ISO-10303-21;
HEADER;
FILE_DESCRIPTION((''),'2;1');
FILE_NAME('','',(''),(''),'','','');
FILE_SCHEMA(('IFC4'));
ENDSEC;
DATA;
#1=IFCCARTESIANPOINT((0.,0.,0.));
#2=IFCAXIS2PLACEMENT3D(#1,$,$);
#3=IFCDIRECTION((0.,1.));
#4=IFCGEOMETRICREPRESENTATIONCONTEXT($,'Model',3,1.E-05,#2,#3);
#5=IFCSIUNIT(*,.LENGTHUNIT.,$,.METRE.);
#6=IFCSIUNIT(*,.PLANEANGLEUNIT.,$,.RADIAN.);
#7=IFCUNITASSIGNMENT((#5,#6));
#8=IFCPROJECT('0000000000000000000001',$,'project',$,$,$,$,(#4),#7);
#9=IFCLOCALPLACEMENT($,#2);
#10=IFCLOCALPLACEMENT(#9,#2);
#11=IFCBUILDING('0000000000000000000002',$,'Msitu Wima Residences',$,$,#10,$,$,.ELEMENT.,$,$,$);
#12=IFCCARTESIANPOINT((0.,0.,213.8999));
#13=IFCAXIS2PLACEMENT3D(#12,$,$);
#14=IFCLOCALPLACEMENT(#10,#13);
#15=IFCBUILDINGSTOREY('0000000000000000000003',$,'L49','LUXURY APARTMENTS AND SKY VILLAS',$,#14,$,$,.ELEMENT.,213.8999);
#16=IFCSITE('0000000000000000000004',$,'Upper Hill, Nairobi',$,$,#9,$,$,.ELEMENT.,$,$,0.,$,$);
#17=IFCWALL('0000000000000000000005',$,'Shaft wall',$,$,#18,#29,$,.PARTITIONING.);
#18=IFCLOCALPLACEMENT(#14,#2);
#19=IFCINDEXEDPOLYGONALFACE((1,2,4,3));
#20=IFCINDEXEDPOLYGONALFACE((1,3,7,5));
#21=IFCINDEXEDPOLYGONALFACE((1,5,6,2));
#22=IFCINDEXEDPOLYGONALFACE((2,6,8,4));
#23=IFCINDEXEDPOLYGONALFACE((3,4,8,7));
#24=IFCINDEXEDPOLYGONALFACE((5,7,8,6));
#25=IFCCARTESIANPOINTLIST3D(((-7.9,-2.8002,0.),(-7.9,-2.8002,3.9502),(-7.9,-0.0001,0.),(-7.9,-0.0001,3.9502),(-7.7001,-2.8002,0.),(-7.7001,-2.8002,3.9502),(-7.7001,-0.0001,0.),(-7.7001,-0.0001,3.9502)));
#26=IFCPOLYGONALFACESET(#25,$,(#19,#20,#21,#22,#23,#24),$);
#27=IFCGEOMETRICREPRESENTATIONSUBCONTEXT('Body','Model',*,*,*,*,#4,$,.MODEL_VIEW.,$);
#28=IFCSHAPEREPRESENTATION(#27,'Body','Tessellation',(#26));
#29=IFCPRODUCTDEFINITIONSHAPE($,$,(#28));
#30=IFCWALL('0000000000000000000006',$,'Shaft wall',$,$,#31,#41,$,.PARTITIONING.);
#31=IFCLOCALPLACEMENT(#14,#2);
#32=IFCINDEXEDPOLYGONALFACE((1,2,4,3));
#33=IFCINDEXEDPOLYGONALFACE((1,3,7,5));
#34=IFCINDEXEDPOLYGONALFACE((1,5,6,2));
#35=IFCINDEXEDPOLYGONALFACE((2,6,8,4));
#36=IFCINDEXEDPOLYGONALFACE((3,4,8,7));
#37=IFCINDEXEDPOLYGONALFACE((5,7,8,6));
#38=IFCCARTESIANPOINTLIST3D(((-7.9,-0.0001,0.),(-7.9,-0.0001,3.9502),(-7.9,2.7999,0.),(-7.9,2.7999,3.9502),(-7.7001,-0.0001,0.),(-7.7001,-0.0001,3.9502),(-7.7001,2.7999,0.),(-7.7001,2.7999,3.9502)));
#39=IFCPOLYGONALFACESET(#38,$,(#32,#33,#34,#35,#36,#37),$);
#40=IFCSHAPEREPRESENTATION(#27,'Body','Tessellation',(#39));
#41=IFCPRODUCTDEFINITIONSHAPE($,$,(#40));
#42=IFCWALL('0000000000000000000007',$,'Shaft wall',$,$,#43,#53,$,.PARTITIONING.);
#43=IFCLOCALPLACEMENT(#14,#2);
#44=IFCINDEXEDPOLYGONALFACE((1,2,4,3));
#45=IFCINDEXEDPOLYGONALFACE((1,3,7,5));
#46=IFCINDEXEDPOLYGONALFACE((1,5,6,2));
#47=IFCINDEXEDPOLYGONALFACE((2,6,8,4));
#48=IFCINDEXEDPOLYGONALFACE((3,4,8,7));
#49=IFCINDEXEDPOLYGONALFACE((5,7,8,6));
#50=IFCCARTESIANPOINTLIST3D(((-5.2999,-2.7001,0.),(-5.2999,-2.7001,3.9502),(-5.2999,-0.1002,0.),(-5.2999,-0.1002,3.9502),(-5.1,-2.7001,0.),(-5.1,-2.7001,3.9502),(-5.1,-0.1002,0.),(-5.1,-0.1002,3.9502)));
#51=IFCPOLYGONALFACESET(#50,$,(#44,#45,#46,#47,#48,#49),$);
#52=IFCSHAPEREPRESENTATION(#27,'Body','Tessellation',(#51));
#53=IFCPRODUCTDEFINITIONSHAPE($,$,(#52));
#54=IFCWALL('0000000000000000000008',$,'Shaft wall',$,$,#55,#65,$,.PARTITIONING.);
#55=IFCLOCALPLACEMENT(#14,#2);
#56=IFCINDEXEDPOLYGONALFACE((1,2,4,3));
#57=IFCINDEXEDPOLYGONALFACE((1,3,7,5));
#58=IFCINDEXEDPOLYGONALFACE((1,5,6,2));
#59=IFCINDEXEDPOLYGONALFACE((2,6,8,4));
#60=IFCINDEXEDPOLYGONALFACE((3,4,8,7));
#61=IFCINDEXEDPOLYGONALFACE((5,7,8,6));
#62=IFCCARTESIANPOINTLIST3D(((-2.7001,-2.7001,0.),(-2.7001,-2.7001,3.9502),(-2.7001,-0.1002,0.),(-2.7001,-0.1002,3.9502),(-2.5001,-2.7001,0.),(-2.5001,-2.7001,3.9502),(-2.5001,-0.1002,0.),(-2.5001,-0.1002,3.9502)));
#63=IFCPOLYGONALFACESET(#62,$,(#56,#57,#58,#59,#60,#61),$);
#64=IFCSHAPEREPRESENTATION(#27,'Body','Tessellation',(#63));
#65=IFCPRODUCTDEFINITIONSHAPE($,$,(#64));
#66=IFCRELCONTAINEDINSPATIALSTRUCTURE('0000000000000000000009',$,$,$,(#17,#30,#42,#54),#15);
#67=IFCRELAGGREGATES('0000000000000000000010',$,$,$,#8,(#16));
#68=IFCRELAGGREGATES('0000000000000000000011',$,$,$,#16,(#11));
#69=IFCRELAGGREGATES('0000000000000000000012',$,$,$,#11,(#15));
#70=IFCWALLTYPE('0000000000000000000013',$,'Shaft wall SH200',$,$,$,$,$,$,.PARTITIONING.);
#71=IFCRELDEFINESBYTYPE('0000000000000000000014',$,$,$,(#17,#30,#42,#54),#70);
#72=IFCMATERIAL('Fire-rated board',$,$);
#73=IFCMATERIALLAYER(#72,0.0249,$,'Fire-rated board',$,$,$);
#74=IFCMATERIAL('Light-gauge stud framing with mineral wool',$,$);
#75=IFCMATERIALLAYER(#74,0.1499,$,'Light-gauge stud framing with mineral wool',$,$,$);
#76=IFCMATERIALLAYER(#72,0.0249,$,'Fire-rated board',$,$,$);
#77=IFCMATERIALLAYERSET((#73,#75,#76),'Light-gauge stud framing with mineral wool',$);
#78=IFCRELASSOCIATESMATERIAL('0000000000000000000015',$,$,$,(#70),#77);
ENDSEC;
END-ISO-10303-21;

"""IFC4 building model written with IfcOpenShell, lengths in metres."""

from ifc_helpers import new_model, si_unit, direction, frame, frame_2d, origin, place, context, subcontext, project, spatial, rectangle, extrude, material, layer, layer_set, type_object, element, save


model = new_model("IFC4")

# Units and contexts
model_context = context("Model", 3, precision=1e-05, world=origin(), true_north=direction((0.0, 1.0)))
body_context = subcontext(model_context, "Body", "Model", "MODEL_VIEW")
ifc_project = project(units=[si_unit("LENGTHUNIT", "METRE"), si_unit("PLANEANGLEUNIT", "RADIAN")], contexts=[model_context])

# Site, building, storey
site_placement = place(None, origin())
site = spatial("IfcSite", under=ifc_project, at=site_placement, Name="Upper Hill, Nairobi", CompositionType="ELEMENT", RefElevation=0.0)
building_placement = place(site_placement, origin())
building = spatial("IfcBuilding", under=site, at=building_placement, Name="Msitu Wima Residences", CompositionType="ELEMENT")
storey_placement = place(building_placement, frame((0.0, 0.0, 213.8999)))
storey = spatial("IfcBuildingStorey", under=building, at=storey_placement, Name="L49", Description="LUXURY APARTMENTS AND SKY VILLAS", CompositionType="ELEMENT", Elevation=213.8999)

# Shared definitions
ifc_material_1 = material(Name="Fire-rated board")
ifc_layer_1 = layer(ifc_material_1, 0.0249, Name="Fire-rated board")
ifc_material_2 = material(Name="Light-gauge stud framing with mineral wool")
ifc_layer_2 = layer(ifc_material_2, 0.1499, Name="Light-gauge stud framing with mineral wool")
ifc_layer_3 = layer(ifc_material_1, 0.0249, Name="Fire-rated board")
ifc_layer_set_1 = layer_set([ifc_layer_1, ifc_layer_2, ifc_layer_3], Name="Light-gauge stud framing with mineral wool")
wall_type_1 = type_object("IfcWallType", Name="Shaft wall SH200", PredefinedType="PARTITIONING", material=ifc_layer_set_1)

# Walls
for number, where, z_axis, x_axis, name in (
    (1, (-7.8, -2.8, 0.0), (0.0, 0.0, 1.0), (0.0, 1.0, 0.0), "Shaft wall"),
    (2, (-7.8, 0.0, 0.0), (0.0, 0.0, 1.0), (0.0, 1.0, 0.0), "Shaft wall"),
):
    element("IfcWall", number, at=place(storey_placement, frame(where, z_axis=z_axis, x_axis=x_axis)), inside=storey, type_object=wall_type_1, Name=name, PredefinedType="PARTITIONING", context=body_context, shape_type="SweptSolid", body=[
        extrude(rectangle(XDim=2.8, YDim=0.2, at=frame_2d((1.3999, 0.0))), origin(), (0.0, 0.0, 1.0), 3.9502),
    ])
for number, where, z_axis, x_axis, name in (
    (3, (-5.2, -2.7, 0.0), (0.0, 0.0, 1.0), (0.0, 1.0, 0.0), "Shaft wall"),
    (4, (-2.6001, -2.7, 0.0), (0.0, 0.0, 1.0), (0.0, 1.0, 0.0), "Shaft wall"),
):
    element("IfcWall", number, at=place(storey_placement, frame(where, z_axis=z_axis, x_axis=x_axis)), inside=storey, type_object=wall_type_1, Name=name, PredefinedType="PARTITIONING", context=body_context, shape_type="SweptSolid", body=[
        extrude(rectangle(XDim=2.5999, YDim=0.2, at=frame_2d((1.2998, 0.0))), origin(), (0.0, 0.0, 1.0), 3.9502),
    ])

save(model, "model.ifc")
